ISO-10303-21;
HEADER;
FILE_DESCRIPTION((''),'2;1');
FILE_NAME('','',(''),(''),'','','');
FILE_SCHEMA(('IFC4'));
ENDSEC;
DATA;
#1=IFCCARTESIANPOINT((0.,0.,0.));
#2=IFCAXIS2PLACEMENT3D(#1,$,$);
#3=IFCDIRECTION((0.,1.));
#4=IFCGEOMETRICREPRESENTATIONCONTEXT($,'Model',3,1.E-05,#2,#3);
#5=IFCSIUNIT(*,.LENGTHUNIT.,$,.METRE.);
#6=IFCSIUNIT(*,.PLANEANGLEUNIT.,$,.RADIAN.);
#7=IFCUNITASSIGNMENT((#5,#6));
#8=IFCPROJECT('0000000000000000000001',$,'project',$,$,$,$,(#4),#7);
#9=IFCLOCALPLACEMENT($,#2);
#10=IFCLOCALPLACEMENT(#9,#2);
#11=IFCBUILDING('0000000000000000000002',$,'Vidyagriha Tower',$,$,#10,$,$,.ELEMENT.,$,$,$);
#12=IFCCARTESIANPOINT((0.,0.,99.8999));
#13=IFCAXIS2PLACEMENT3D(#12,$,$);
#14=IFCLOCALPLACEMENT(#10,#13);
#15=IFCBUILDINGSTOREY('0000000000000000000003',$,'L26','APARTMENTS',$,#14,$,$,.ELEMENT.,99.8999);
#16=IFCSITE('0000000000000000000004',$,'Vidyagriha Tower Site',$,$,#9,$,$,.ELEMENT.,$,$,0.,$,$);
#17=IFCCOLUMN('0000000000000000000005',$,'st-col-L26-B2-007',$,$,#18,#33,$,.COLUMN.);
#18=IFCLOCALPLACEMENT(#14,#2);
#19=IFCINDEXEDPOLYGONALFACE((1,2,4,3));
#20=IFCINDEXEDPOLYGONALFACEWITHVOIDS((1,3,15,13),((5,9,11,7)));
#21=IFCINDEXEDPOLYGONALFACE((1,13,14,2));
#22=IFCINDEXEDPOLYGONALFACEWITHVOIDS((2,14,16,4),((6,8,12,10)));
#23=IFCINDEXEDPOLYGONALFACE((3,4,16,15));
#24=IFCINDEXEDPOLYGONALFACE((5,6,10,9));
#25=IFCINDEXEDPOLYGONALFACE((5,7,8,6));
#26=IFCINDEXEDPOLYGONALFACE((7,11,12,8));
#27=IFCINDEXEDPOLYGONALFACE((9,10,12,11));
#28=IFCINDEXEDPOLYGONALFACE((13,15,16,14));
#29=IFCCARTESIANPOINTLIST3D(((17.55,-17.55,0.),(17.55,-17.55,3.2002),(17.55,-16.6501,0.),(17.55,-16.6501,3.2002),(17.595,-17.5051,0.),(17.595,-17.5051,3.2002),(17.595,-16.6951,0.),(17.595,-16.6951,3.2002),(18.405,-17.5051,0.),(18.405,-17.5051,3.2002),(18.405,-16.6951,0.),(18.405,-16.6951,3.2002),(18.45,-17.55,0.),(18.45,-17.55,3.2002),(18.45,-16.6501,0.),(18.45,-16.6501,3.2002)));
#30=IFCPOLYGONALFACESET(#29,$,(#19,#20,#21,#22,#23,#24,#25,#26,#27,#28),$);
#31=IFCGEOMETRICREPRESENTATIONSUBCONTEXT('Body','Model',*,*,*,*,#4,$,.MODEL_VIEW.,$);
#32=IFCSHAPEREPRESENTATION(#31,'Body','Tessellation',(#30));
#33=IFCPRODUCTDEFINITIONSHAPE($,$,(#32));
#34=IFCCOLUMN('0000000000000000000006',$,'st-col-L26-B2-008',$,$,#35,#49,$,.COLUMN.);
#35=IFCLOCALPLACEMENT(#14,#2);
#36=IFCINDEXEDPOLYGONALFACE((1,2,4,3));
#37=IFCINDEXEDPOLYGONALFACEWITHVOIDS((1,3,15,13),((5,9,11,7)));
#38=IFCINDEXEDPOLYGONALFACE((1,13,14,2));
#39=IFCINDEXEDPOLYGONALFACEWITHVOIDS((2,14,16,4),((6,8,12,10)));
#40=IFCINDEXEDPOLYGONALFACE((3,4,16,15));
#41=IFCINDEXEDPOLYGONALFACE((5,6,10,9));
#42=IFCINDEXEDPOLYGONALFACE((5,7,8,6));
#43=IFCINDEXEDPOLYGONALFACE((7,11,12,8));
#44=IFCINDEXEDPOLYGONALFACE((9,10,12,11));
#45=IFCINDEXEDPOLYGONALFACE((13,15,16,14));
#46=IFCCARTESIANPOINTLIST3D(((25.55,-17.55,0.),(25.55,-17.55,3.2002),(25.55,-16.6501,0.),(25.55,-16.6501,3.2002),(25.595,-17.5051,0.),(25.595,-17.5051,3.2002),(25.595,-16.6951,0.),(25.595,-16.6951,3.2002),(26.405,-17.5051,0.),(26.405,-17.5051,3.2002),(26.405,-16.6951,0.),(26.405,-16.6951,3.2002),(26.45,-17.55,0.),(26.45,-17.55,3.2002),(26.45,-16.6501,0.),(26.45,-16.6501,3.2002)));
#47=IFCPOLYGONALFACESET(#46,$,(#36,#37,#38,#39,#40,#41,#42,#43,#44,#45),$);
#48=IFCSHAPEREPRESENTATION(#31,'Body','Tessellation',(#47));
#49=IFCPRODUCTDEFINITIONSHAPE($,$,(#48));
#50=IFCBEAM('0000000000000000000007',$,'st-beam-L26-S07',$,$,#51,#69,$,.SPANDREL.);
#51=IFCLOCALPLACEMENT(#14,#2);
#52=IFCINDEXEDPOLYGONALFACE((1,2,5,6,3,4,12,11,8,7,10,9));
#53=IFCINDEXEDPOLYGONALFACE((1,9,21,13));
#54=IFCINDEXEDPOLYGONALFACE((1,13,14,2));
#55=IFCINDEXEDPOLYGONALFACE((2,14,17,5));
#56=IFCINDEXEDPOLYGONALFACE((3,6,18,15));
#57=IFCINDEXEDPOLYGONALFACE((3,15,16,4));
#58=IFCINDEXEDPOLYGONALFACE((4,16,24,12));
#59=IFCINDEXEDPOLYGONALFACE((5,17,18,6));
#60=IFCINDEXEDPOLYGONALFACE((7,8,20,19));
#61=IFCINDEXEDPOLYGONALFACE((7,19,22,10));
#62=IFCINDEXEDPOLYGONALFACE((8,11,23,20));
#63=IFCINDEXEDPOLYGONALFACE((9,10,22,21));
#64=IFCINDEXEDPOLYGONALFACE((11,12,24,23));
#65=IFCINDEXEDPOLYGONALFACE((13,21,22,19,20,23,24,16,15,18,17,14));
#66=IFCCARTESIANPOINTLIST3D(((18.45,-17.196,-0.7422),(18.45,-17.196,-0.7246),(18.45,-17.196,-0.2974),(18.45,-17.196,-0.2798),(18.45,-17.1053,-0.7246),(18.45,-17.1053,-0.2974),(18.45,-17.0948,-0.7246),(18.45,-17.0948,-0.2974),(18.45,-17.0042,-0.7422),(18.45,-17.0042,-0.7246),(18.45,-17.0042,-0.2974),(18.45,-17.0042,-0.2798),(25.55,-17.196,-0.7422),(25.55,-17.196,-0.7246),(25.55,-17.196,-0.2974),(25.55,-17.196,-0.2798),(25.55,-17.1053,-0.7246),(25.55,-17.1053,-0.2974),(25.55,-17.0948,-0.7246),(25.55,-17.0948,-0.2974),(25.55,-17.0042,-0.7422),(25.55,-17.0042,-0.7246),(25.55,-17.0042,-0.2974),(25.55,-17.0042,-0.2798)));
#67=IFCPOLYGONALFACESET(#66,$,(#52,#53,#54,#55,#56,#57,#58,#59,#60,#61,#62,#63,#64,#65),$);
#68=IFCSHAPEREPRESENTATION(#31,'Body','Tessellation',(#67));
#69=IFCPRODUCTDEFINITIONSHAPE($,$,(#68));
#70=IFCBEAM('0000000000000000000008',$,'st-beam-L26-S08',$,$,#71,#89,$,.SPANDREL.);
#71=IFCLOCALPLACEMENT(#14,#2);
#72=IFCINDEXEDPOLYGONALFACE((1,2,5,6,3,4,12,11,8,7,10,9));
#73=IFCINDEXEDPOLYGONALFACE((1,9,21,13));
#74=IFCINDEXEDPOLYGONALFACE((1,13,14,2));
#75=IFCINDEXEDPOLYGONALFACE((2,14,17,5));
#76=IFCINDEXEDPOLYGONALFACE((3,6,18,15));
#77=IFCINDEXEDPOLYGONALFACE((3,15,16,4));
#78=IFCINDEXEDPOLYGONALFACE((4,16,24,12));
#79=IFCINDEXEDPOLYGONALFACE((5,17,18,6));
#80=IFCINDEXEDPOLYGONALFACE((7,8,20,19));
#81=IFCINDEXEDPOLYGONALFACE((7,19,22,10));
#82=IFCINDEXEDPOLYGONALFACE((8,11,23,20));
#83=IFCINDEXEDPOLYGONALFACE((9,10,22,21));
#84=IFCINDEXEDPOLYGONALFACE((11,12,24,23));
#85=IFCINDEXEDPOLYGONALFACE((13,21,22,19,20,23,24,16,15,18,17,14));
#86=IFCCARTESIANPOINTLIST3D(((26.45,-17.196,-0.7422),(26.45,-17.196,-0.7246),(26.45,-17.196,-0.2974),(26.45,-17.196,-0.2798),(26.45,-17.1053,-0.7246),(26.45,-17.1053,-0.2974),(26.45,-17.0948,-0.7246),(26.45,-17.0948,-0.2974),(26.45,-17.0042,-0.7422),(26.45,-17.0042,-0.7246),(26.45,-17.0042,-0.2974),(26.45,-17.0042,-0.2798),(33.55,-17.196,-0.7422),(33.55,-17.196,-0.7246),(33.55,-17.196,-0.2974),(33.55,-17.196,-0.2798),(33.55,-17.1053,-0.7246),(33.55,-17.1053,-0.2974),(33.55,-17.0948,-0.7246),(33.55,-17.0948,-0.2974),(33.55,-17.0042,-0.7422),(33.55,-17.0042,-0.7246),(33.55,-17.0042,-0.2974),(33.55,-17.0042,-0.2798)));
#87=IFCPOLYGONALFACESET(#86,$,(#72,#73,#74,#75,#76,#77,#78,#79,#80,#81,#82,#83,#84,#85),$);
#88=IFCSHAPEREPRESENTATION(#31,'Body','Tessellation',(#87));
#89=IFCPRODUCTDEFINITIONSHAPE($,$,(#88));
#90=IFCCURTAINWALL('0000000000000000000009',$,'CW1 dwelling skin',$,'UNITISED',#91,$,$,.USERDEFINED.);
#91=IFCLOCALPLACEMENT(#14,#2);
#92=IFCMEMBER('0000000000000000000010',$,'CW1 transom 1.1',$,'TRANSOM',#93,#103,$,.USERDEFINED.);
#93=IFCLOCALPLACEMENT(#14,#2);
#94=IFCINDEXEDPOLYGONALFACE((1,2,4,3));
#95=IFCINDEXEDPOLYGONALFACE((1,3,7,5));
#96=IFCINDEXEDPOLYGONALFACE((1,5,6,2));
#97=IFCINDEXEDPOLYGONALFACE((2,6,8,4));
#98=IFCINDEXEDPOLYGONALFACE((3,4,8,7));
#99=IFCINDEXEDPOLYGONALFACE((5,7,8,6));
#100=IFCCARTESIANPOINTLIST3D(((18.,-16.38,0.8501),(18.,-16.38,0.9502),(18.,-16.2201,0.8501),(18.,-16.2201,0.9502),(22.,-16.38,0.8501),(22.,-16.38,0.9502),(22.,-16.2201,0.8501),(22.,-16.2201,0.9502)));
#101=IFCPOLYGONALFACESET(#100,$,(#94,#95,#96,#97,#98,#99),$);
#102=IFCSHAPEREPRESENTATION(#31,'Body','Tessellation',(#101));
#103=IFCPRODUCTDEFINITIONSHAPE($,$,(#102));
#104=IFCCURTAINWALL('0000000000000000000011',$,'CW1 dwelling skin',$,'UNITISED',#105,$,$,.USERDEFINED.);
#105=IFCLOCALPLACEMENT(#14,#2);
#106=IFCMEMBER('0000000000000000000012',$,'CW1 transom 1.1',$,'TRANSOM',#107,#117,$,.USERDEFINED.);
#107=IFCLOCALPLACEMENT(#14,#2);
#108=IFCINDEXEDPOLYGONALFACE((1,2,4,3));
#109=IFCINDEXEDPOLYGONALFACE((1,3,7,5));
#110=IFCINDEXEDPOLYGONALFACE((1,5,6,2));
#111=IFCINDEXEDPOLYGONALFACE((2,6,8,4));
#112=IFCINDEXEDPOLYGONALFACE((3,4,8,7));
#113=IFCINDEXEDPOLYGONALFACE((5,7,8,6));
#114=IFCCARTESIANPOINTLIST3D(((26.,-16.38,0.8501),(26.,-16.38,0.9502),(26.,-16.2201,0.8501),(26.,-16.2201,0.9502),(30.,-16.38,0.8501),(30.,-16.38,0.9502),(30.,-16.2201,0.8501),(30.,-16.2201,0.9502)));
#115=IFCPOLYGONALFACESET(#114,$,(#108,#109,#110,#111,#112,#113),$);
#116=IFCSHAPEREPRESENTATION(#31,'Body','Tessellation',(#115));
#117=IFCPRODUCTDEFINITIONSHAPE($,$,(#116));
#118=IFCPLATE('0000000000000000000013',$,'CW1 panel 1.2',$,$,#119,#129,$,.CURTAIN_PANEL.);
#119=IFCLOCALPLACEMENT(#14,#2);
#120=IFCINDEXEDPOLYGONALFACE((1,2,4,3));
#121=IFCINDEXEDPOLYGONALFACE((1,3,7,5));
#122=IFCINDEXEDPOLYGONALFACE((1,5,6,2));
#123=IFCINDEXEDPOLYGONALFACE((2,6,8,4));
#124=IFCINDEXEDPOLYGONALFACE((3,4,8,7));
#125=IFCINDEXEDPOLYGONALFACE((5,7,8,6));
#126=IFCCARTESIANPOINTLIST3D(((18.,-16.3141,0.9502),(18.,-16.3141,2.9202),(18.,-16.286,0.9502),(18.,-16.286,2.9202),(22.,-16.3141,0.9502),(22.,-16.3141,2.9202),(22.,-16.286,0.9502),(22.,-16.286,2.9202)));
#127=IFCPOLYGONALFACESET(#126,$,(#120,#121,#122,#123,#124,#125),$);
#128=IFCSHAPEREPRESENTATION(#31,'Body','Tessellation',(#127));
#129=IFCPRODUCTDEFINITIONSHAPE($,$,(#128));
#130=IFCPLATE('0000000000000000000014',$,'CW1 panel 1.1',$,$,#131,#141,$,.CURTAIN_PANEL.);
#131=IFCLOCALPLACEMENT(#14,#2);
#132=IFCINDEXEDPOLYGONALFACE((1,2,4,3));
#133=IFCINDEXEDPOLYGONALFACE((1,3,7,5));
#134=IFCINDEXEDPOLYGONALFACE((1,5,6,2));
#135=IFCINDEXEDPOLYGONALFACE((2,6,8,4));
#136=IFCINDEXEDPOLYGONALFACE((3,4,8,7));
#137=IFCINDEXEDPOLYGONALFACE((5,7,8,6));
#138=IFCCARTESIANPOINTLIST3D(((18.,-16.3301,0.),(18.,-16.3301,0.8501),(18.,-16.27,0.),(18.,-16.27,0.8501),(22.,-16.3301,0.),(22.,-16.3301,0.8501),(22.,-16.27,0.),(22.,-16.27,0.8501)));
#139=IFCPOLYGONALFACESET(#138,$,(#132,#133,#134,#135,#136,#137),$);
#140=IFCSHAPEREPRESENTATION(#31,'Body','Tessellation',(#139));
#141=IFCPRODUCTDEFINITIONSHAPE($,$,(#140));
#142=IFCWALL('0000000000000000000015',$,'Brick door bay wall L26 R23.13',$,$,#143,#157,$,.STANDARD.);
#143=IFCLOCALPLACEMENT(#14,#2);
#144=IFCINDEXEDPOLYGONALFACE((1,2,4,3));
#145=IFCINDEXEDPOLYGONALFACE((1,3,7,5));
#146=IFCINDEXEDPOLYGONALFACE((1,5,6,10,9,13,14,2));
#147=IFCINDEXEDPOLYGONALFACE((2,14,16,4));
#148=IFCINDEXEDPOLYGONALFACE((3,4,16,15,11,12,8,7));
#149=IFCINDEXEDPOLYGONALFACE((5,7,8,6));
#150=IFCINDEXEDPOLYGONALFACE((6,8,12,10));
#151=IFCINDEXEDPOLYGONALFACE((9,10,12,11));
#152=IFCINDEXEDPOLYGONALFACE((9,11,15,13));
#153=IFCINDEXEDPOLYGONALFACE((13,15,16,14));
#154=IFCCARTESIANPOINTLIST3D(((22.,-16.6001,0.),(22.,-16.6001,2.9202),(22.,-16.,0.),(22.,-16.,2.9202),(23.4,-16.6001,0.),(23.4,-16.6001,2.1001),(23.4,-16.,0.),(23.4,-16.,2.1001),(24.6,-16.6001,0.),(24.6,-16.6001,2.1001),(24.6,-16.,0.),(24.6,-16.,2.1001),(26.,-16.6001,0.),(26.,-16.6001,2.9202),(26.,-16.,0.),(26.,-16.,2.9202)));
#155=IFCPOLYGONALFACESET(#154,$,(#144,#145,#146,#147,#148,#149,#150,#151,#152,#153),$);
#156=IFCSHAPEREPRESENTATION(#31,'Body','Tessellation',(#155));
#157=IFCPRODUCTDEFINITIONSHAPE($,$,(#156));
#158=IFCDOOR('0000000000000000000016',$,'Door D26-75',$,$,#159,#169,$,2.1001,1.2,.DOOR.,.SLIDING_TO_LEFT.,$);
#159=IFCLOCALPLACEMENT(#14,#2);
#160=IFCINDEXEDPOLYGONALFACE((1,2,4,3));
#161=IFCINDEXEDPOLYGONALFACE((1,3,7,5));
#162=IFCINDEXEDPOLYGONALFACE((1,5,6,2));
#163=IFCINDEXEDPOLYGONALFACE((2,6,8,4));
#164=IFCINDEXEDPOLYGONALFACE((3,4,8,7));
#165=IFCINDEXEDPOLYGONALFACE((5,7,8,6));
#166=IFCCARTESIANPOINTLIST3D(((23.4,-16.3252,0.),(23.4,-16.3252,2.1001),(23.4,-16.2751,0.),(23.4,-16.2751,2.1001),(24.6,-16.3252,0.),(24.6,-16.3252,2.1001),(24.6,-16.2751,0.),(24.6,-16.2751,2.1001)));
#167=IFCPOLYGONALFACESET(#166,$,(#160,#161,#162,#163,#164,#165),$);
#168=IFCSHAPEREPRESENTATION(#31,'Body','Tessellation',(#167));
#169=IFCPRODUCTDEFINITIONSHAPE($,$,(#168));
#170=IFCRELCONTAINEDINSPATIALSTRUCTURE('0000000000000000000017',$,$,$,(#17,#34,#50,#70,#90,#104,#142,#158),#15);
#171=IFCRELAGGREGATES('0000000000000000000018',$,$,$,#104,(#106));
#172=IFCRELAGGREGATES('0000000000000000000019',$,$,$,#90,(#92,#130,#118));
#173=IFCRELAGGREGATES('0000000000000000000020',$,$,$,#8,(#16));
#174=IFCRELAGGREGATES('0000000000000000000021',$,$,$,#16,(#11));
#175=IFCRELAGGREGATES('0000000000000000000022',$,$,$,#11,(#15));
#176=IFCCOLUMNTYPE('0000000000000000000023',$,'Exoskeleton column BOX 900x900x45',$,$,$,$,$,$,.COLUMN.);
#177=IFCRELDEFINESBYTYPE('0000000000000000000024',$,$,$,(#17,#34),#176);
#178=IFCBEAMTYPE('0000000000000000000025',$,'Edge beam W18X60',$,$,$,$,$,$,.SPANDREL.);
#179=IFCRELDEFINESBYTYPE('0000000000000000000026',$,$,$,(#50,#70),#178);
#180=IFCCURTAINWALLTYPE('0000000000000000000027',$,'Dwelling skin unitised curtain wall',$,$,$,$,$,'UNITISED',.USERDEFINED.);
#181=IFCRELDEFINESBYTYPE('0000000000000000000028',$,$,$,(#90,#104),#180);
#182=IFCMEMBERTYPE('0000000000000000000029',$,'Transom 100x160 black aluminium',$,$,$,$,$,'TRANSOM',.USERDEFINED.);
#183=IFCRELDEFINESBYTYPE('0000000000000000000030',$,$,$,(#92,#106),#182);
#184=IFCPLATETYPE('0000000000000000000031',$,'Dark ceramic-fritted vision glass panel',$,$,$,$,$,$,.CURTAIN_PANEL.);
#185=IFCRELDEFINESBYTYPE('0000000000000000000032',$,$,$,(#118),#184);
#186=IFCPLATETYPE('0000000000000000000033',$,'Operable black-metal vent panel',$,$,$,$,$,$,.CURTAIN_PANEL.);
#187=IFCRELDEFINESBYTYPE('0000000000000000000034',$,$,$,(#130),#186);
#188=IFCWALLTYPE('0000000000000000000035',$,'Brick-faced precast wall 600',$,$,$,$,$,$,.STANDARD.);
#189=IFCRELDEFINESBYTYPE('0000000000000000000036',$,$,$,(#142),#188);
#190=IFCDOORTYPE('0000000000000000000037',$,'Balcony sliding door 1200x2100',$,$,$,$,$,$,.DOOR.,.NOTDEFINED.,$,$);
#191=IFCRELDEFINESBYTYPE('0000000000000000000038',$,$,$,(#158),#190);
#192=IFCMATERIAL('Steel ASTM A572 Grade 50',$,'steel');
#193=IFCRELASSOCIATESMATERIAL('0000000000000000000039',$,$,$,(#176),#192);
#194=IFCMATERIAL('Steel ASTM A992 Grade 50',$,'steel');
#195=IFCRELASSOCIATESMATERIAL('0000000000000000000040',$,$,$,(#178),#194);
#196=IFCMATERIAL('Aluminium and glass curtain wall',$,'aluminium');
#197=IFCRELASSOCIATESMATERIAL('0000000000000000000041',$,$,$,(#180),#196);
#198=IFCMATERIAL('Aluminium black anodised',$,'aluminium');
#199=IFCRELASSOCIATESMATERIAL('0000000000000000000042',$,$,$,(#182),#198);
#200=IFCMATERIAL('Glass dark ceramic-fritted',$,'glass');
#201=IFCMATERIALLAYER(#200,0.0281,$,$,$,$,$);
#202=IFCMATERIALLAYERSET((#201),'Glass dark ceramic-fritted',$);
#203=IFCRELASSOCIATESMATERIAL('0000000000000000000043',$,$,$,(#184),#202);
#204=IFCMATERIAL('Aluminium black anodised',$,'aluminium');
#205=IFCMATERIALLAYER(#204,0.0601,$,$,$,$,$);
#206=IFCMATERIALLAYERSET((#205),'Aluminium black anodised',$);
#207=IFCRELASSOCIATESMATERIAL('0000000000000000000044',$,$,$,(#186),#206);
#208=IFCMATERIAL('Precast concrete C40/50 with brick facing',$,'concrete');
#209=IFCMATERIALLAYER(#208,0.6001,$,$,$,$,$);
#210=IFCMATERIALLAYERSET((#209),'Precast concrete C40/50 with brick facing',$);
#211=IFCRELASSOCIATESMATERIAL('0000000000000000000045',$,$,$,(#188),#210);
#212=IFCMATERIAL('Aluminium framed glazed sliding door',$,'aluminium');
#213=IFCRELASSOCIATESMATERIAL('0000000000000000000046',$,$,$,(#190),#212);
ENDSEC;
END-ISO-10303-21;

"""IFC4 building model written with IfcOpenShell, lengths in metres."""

from ifc_helpers import new_model, si_unit, direction, frame, frame_2d, origin, origin_2d, place, context, subcontext, project, spatial, rectangle, hollow_rectangle, i_section, extrude, material, layer, layer_set, material_profile, profile_set, type_object, element, fill, aggregate, save


model = new_model("IFC4")

# Units and contexts
model_context = context("Model", 3, precision=1e-05, world=origin(), true_north=direction((0.0, 1.0)))
body_context = subcontext(model_context, "Body", "Model", "MODEL_VIEW")
ifc_project = project(units=[si_unit("LENGTHUNIT", "METRE"), si_unit("PLANEANGLEUNIT", "RADIAN")], contexts=[model_context])

# Site, building, storey
site_placement = place(None, origin())
site = spatial("IfcSite", under=ifc_project, at=site_placement, Name="Vidyagriha Tower Site", CompositionType="ELEMENT", RefElevation=0.0)
building_placement = place(site_placement, origin())
building = spatial("IfcBuilding", under=site, at=building_placement, Name="Vidyagriha Tower", CompositionType="ELEMENT")
storey_placement = place(building_placement, frame((0.0, 0.0, 99.8999)))
storey = spatial("IfcBuildingStorey", under=building, at=storey_placement, Name="L26", Description="APARTMENTS", CompositionType="ELEMENT", Elevation=99.8999)

# Columns
ifc_material_1 = material(Name="Steel ASTM A572 Grade 50", Category="steel")
ifc_material_profile_1 = material_profile(ifc_material_1, hollow_rectangle(XDim=0.8999, YDim=0.8999, WallThickness=0.0449, at=origin_2d()), Name="BOX 900x900x45")
ifc_profile_set_1 = profile_set([ifc_material_profile_1], Name="Steel ASTM A572 Grade 50")
column_type = type_object("IfcColumnType", Name="Exoskeleton column BOX 900x900x45", PredefinedType="COLUMN", material=ifc_profile_set_1)
for number, where, name in (
    (1, (18.0, -17.1001, 0.0), "st-col-L26-B2-007"),
    (2, (26.0, -17.1001, 0.0), "st-col-L26-B2-008"),
):
    element("IfcColumn", number, at=place(storey_placement, frame(where)), inside=storey, type_object=column_type, Name=name, PredefinedType="COLUMN", context=body_context, shape_type="SweptSolid", body=[
        extrude(hollow_rectangle(XDim=0.8999, YDim=0.8999, WallThickness=0.0449, at=origin_2d()), origin(), (0.0, 0.0, 1.0), 3.2002),
    ])

# Beams
ifc_material_2 = material(Name="Steel ASTM A992 Grade 50", Category="steel")
ifc_material_profile_2 = material_profile(ifc_material_2, i_section(OverallWidth=0.1919, OverallDepth=0.4624, WebThickness=0.0105, FlangeThickness=0.0176, at=origin_2d()), Name="W18X60")
ifc_profile_set_2 = profile_set([ifc_material_profile_2], Name="Steel ASTM A992 Grade 50")
beam_type = type_object("IfcBeamType", Name="Edge beam W18X60", PredefinedType="SPANDREL", material=ifc_profile_set_2)
for number, where, z_axis, x_axis, name in (
    (3, (18.45, -17.1001, -0.511), (1.0, 0.0, 0.0), (0.0, 1.0, 0.0), "st-beam-L26-S07"),
    (4, (26.45, -17.1001, -0.511), (1.0, 0.0, 0.0), (0.0, 1.0, 0.0), "st-beam-L26-S08"),
):
    element("IfcBeam", number, at=place(storey_placement, frame(where, z_axis=z_axis, x_axis=x_axis)), inside=storey, type_object=beam_type, Name=name, PredefinedType="SPANDREL", context=body_context, shape_type="SweptSolid", body=[
        extrude(i_section(OverallWidth=0.1919, OverallDepth=0.4624, WebThickness=0.0105, FlangeThickness=0.0176, at=origin_2d()), origin(), (0.0, 0.0, 1.0), 7.1001),
    ])

# Curtain walls, members
ifc_material_3 = material(Name="Aluminium and glass curtain wall", Category="aluminium")
curtain_wall_type = type_object("IfcCurtainWallType", Name="Dwelling skin unitised curtain wall", ElementType="UNITISED", PredefinedType="USERDEFINED", material=ifc_material_3)
curtain_wall_1_placement = place(storey_placement, origin())
curtain_wall_1 = element("IfcCurtainWall", 5, at=curtain_wall_1_placement, inside=storey, type_object=curtain_wall_type, Name="CW1 dwelling skin", ObjectType="UNITISED", PredefinedType="USERDEFINED")
ifc_material_4 = material(Name="Aluminium black anodised", Category="aluminium")
ifc_material_profile_3 = material_profile(ifc_material_4, rectangle(XDim=0.1599, YDim=0.1001, at=origin_2d()), Name="Transom 100x160 black aluminium")
ifc_profile_set_3 = profile_set([ifc_material_profile_3], Name="Aluminium black anodised")
member_type = type_object("IfcMemberType", Name="Transom 100x160 black aluminium", ElementType="TRANSOM", PredefinedType="USERDEFINED", material=ifc_profile_set_3)
member_1_placement = place(storey_placement, frame((18.0, -16.3, 0.9001), z_axis=(1.0, 0.0, 0.0), x_axis=(0.0, 1.0, 0.0)))
member_1 = element("IfcMember", 6, at=member_1_placement, type_object=member_type, Name="CW1 transom 1.1", ObjectType="TRANSOM", PredefinedType="USERDEFINED", context=body_context, shape_type="SweptSolid", body=[
    extrude(rectangle(XDim=0.1599, YDim=0.1001, at=origin_2d()), origin(), (0.0, 0.0, 1.0), 4.0),
])
curtain_wall_2_placement = place(storey_placement, origin())
curtain_wall_2 = element("IfcCurtainWall", 7, at=curtain_wall_2_placement, inside=storey, type_object=curtain_wall_type, Name="CW1 dwelling skin", ObjectType="UNITISED", PredefinedType="USERDEFINED")
member_2_placement = place(storey_placement, frame((26.0, -16.3, 0.9001), z_axis=(1.0, 0.0, 0.0), x_axis=(0.0, 1.0, 0.0)))
member_2 = element("IfcMember", 8, at=member_2_placement, type_object=member_type, Name="CW1 transom 1.1", ObjectType="TRANSOM", PredefinedType="USERDEFINED", context=body_context, shape_type="SweptSolid", body=[
    extrude(rectangle(XDim=0.1599, YDim=0.1001, at=origin_2d()), origin(), (0.0, 0.0, 1.0), 4.0),
])
aggregate(curtain_wall_2, [member_2])

# Plates
ifc_material_5 = material(Name="Glass dark ceramic-fritted", Category="glass")
ifc_layer_1 = layer(ifc_material_5, 0.0281)
ifc_layer_set_1 = layer_set([ifc_layer_1], Name="Glass dark ceramic-fritted")
plate_type_1 = type_object("IfcPlateType", Name="Dark ceramic-fritted vision glass panel", PredefinedType="CURTAIN_PANEL", material=ifc_layer_set_1)
plate_1_placement = place(storey_placement, frame((20.0, -16.3, 0.9502)))
plate_1 = element("IfcPlate", 9, at=plate_1_placement, type_object=plate_type_1, Name="CW1 panel 1.2", PredefinedType="CURTAIN_PANEL", context=body_context, shape_type="SweptSolid", body=[
    extrude(rectangle(XDim=4.0, YDim=0.0281, at=origin_2d()), origin(), (0.0, 0.0, 1.0), 1.97),
])
ifc_material_6 = material(Name="Aluminium black anodised", Category="aluminium")
ifc_layer_2 = layer(ifc_material_6, 0.0601)
ifc_layer_set_2 = layer_set([ifc_layer_2], Name="Aluminium black anodised")
plate_type_2 = type_object("IfcPlateType", Name="Operable black-metal vent panel", PredefinedType="CURTAIN_PANEL", material=ifc_layer_set_2)
plate_2_placement = place(storey_placement, frame((20.0, -16.3, 0.0)))
plate_2 = element("IfcPlate", 10, at=plate_2_placement, type_object=plate_type_2, Name="CW1 panel 1.1", PredefinedType="CURTAIN_PANEL", context=body_context, shape_type="SweptSolid", body=[
    extrude(rectangle(XDim=4.0, YDim=0.0601, at=origin_2d()), origin(), (0.0, 0.0, 1.0), 0.8501),
])
aggregate(curtain_wall_1, [member_1, plate_2, plate_1])

# Wall, opening, door
ifc_material_7 = material(Name="Precast concrete C40/50 with brick facing", Category="concrete")
ifc_layer_3 = layer(ifc_material_7, 0.6001)
ifc_layer_set_3 = layer_set([ifc_layer_3], Name="Precast concrete C40/50 with brick facing")
wall_type = type_object("IfcWallType", Name="Brick-faced precast wall 600", PredefinedType="STANDARD", material=ifc_layer_set_3)
wall_placement = place(storey_placement, frame((22.0, -16.3, 0.0)))
wall = element("IfcWall", 11, at=wall_placement, inside=storey, type_object=wall_type, Name="Brick door bay wall L26 R23.13", PredefinedType="STANDARD", context=body_context, shape_type="SweptSolid", body=[
    extrude(rectangle(XDim=4.0, YDim=0.6001, at=frame_2d((2.0, 0.0))), origin(), (0.0, 0.0, 1.0), 2.9202),
])
opening_placement = place(wall_placement, frame((1.3999, 0.0, 0.0)))
opening = element("IfcOpeningElement", 12, at=opening_placement, cuts=wall, PredefinedType="OPENING", context=body_context, shape_type="SweptSolid", body=[
    extrude(rectangle(XDim=1.2, YDim=2.1001, at=frame_2d((0.6001, 1.05))), frame((0.0, 0.3101, 0.0), z_axis=(0.0, -1.0, 0.0), x_axis=(1.0, 0.0, 0.0)), (0.0, 0.0, 1.0), 0.6201),
])
ifc_material_8 = material(Name="Aluminium framed glazed sliding door", Category="aluminium")
door_type = type_object("IfcDoorType", Name="Balcony sliding door 1200x2100", OperationType="NOTDEFINED", PredefinedType="DOOR", material=ifc_material_8)
door_placement = place(opening_placement, origin())
door = element("IfcDoor", 13, at=door_placement, inside=storey, type_object=door_type, Name="Door D26-75", OperationType="SLIDING_TO_LEFT", OverallHeight=2.1001, OverallWidth=1.2, PredefinedType="DOOR", context=body_context, shape_type="SweptSolid", body=[
    extrude(rectangle(XDim=1.2, YDim=2.1001, at=frame_2d((0.6001, 1.05))), frame((0.0, 0.0249, 0.0), z_axis=(0.0, -1.0, 0.0), x_axis=(1.0, 0.0, 0.0)), (0.0, 0.0, 1.0), 0.05),
])
fill(opening, door)

save(model, "model.ifc")
